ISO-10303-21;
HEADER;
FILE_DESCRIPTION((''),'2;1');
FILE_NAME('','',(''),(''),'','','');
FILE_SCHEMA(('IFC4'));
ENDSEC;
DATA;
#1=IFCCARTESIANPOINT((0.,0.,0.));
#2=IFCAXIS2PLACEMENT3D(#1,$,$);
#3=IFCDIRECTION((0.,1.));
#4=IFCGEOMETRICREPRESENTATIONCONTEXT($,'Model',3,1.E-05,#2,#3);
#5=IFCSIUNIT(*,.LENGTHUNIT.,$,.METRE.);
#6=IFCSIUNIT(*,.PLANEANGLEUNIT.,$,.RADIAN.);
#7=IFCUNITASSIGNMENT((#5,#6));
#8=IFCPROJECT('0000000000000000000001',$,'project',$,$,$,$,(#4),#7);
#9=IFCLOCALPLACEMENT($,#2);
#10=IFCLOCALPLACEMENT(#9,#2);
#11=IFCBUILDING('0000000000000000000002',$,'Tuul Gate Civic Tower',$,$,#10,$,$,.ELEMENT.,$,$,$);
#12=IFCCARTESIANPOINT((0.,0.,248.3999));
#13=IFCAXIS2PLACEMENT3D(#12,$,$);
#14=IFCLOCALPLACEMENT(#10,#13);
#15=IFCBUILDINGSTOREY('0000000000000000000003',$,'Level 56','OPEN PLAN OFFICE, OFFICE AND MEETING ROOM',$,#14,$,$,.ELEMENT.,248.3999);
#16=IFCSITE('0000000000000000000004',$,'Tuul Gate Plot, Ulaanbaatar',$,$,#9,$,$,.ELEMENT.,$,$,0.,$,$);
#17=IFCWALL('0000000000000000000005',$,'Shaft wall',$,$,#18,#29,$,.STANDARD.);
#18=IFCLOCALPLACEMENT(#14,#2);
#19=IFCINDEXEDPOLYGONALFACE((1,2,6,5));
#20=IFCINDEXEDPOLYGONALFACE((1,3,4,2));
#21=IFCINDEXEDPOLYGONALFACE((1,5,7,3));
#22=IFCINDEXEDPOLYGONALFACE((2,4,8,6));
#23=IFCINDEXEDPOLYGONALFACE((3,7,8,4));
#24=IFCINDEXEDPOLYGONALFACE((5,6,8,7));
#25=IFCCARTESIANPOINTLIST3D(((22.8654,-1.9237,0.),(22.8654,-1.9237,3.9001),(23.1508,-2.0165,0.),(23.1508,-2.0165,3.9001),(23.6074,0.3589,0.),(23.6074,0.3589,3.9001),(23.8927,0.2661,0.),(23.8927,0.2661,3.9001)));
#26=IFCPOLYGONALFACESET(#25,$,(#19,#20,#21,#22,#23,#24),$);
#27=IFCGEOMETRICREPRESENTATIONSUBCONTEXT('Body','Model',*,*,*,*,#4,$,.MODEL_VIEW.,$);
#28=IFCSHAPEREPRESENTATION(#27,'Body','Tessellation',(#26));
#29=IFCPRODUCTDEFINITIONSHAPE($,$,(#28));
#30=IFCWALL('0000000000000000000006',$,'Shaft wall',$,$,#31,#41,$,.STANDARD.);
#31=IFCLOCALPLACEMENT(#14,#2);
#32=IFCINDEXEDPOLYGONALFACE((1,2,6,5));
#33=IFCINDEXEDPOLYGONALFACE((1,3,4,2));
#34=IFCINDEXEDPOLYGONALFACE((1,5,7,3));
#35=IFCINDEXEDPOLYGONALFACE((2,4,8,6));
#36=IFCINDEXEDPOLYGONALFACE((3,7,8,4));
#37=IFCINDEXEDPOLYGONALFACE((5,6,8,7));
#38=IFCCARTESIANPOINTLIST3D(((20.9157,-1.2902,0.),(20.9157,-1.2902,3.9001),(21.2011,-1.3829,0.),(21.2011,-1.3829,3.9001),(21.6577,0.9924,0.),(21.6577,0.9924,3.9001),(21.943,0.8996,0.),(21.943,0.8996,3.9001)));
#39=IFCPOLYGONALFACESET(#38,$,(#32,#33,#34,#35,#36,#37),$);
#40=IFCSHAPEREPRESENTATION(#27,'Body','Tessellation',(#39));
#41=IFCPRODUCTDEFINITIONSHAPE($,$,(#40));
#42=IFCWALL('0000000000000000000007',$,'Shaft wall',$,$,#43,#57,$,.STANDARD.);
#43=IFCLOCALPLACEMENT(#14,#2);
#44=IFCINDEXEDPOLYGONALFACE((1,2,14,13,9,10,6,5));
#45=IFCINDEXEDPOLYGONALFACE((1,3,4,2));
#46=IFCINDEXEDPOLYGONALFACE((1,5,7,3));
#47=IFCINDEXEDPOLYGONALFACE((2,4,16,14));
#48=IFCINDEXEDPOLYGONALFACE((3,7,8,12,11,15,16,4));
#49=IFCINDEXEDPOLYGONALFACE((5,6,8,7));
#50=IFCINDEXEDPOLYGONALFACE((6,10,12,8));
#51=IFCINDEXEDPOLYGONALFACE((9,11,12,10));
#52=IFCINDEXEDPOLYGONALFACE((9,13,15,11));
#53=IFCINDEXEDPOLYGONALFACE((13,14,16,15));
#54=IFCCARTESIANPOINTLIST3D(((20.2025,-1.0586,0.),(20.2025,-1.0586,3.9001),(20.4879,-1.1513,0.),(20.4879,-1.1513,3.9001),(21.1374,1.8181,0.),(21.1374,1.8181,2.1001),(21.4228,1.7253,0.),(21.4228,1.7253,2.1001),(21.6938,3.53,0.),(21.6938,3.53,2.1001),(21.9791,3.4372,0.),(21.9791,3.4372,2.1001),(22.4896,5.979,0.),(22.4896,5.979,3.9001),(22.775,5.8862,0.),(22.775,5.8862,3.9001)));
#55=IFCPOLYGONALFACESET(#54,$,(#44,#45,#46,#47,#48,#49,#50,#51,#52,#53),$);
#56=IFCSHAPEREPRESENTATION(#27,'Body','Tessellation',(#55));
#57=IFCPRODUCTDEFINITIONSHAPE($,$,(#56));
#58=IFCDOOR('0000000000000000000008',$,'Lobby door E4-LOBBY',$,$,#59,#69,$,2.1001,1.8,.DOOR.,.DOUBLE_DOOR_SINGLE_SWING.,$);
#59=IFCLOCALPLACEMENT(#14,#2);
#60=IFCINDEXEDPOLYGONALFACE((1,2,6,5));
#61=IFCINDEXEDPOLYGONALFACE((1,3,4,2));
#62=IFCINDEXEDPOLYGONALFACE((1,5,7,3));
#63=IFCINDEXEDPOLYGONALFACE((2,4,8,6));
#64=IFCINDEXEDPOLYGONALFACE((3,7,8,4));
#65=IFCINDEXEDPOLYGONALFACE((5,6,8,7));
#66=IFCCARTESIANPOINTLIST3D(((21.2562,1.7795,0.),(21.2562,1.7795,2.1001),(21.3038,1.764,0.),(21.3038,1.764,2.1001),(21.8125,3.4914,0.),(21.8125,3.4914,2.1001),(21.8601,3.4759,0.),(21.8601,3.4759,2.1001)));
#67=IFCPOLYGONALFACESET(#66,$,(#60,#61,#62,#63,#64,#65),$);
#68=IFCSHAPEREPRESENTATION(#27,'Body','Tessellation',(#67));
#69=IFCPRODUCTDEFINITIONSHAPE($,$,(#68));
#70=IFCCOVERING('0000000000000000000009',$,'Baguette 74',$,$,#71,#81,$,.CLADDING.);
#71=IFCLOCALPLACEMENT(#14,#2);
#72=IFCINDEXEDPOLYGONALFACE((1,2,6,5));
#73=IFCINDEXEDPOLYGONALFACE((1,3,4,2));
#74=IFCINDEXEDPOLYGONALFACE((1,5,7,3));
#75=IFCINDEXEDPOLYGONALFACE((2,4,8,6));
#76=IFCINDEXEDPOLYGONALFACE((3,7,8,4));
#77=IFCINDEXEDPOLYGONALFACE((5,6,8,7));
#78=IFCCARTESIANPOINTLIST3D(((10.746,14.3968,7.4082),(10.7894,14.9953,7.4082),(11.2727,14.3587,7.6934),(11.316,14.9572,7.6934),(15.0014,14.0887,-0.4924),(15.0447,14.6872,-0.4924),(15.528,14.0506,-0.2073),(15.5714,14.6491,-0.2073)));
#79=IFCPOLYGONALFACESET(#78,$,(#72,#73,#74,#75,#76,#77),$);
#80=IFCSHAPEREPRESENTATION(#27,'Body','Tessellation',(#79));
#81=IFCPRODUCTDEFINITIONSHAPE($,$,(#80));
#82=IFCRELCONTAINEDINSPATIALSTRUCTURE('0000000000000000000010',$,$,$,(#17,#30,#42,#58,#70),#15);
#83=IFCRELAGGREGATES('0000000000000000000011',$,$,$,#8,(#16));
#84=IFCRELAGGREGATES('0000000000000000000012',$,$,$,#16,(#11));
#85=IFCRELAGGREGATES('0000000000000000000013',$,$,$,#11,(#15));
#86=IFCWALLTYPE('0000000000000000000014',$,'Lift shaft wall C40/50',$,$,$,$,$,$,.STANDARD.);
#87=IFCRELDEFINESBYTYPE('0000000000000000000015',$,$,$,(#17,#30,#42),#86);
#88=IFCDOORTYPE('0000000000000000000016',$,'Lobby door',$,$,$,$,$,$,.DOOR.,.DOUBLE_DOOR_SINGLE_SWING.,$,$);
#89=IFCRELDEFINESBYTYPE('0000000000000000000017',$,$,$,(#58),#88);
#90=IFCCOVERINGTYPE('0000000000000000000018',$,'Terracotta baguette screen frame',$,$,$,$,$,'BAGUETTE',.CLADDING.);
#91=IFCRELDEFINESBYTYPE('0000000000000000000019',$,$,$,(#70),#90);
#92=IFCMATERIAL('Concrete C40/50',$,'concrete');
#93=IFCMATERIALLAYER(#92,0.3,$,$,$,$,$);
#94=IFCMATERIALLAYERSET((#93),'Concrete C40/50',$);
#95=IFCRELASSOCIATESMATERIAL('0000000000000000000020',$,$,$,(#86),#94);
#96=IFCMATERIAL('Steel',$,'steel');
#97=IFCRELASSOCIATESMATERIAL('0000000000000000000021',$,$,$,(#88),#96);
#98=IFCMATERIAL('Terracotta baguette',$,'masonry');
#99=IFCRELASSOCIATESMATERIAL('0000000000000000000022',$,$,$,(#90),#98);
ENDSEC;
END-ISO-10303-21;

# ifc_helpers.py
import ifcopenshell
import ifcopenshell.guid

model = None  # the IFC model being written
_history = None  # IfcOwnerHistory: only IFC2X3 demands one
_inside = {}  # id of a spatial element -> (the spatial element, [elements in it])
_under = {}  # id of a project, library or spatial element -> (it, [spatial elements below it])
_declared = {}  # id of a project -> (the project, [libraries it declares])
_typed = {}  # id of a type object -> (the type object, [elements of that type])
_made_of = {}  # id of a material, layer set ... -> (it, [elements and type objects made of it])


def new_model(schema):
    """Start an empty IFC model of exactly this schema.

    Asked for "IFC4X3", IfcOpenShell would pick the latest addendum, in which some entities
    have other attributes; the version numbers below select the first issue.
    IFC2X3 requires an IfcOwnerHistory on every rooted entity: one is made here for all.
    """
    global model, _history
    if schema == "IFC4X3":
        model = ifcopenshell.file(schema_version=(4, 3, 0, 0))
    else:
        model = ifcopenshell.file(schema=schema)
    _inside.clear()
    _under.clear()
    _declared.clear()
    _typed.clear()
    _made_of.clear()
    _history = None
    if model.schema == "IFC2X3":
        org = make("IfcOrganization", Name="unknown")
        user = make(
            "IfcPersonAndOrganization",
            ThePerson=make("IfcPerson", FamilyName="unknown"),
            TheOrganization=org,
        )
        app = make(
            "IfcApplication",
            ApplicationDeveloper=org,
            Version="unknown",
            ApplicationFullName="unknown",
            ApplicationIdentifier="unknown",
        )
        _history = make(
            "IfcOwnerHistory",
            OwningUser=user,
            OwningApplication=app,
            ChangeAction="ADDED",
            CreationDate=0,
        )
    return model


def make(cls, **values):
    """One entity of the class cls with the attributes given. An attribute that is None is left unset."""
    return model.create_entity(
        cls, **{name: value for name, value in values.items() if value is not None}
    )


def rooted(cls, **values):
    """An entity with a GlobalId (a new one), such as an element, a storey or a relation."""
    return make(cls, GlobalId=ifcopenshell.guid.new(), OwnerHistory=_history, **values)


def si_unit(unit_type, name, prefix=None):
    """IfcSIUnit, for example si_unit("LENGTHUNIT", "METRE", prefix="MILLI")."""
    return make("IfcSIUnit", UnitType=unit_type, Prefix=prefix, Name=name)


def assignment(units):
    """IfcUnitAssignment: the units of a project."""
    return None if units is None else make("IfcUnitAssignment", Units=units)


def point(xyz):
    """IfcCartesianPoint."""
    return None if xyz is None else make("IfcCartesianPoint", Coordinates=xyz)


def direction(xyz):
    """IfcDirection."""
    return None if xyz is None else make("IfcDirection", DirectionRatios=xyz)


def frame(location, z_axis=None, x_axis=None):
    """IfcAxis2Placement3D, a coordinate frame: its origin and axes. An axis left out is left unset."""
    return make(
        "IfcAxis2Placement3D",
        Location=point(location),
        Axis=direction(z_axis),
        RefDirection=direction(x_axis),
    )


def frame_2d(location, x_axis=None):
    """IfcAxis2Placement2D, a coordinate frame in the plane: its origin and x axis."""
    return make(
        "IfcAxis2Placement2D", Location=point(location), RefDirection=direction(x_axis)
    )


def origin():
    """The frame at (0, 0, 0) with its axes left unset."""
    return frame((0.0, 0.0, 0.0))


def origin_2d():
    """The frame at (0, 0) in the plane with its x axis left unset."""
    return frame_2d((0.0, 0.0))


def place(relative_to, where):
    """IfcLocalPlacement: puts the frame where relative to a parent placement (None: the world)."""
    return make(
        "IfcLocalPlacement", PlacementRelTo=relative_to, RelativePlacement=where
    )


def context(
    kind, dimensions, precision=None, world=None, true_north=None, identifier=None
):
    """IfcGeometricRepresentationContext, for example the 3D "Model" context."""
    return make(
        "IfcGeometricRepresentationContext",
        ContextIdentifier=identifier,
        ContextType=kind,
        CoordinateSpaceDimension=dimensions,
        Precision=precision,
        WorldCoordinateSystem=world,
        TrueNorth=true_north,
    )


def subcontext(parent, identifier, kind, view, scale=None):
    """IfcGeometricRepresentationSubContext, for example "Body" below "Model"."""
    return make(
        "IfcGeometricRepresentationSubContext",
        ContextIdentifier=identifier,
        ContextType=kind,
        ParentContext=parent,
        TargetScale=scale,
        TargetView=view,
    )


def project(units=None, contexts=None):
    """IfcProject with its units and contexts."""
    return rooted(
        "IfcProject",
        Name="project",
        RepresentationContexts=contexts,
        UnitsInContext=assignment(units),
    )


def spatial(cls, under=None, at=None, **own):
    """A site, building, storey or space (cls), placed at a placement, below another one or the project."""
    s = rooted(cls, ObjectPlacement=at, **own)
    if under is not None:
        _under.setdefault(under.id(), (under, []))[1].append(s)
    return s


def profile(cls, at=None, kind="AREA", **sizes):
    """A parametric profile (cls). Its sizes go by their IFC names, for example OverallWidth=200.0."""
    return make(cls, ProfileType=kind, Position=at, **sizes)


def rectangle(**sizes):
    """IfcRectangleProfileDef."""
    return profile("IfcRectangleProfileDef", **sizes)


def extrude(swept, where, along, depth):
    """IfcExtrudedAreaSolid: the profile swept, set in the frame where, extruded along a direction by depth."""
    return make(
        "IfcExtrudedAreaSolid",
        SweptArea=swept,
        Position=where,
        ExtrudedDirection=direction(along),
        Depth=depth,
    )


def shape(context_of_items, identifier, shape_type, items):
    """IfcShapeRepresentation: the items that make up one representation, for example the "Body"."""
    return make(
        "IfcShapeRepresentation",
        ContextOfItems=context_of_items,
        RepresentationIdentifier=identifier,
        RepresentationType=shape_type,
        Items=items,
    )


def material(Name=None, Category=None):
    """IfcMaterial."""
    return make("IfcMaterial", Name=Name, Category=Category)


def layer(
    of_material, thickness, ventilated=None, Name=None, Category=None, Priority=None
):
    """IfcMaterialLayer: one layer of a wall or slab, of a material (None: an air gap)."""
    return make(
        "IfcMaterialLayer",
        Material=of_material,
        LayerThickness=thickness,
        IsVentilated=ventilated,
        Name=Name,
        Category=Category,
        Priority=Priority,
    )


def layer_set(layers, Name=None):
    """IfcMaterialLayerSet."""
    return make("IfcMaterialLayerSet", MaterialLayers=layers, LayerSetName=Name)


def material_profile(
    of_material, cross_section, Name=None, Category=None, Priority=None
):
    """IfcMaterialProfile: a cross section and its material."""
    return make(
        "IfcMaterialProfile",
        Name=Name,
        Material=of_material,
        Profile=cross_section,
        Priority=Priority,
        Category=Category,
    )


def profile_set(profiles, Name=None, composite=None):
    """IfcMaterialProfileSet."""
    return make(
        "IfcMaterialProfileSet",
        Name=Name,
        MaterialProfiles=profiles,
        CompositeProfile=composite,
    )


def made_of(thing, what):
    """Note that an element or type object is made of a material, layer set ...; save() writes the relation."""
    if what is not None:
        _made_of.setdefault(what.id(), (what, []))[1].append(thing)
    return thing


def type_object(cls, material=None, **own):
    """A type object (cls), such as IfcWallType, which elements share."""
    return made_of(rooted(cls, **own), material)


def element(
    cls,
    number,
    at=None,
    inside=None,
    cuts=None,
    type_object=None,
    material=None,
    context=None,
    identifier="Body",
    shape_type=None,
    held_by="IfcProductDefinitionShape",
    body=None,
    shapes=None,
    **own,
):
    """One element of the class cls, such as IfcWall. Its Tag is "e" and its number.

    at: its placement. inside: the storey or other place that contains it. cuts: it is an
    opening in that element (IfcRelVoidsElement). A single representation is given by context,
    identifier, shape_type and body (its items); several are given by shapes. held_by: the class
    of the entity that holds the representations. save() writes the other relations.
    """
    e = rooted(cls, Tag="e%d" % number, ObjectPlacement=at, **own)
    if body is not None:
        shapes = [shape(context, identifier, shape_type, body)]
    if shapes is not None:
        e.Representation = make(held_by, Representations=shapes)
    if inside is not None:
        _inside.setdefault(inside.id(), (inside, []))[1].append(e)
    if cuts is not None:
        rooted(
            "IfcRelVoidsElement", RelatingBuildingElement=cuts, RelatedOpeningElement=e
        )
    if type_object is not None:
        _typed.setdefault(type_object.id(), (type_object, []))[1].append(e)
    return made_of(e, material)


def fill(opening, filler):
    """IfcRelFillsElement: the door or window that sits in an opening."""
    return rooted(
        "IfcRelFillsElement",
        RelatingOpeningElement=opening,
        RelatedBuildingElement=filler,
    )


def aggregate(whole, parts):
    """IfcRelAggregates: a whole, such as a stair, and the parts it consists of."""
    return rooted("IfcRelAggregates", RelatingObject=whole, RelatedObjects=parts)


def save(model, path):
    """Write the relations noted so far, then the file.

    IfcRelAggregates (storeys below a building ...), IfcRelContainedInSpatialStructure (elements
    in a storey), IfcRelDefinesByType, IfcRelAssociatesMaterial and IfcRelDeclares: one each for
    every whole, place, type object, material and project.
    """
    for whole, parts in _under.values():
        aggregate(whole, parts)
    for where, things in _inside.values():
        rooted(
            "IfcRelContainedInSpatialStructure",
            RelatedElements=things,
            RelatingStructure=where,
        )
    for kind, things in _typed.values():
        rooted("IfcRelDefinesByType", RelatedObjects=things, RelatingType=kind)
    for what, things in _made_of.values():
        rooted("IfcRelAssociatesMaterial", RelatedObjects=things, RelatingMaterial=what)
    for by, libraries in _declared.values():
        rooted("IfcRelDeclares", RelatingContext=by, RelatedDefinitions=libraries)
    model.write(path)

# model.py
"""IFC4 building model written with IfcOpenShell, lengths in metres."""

from ifc_helpers import new_model, si_unit, direction, frame, frame_2d, origin, origin_2d, place, context, subcontext, project, spatial, rectangle, extrude, material, layer, layer_set, material_profile, profile_set, type_object, element, fill, save


model = new_model("IFC4")

# Units and contexts
model_context = context("Model", 3, precision=1e-05, world=origin(), true_north=direction((0.0, 1.0)))
body_context = subcontext(model_context, "Body", "Model", "MODEL_VIEW")
ifc_project = project(units=[si_unit("LENGTHUNIT", "METRE"), si_unit("PLANEANGLEUNIT", "RADIAN")], contexts=[model_context])

# Site, building, storey
site_placement = place(None, origin())
site = spatial("IfcSite", under=ifc_project, at=site_placement, Name="Tuul Gate Plot, Ulaanbaatar", CompositionType="ELEMENT", RefElevation=0.0)
building_placement = place(site_placement, origin())
building = spatial("IfcBuilding", under=site, at=building_placement, Name="Tuul Gate Civic Tower", CompositionType="ELEMENT")
storey_placement = place(building_placement, frame((0.0, 0.0, 248.3999)))
storey = spatial("IfcBuildingStorey", under=building, at=storey_placement, Name="Level 56", Description="OPEN PLAN OFFICE, OFFICE AND MEETING ROOM", CompositionType="ELEMENT", Elevation=248.3999)

# Walls
ifc_material_1 = material(Name="Concrete C40/50", Category="concrete")
ifc_layer_1 = layer(ifc_material_1, 0.3)
ifc_layer_set_1 = layer_set([ifc_layer_1], Name="Concrete C40/50")
wall_type_1 = type_object("IfcWallType", Name="Lift shaft wall C40/50", PredefinedType="STANDARD", material=ifc_layer_set_1)
for number, where, z_axis, x_axis, name in (
    (1, (23.0081, -1.9702, 0.0), (0.0, 0.0, 1.0), (0.309139, 0.951017, 0.0), "Shaft wall"),
    (2, (21.0583, -1.3367, 0.0), (0.0, 0.0, 1.0), (0.309139, 0.951017, 0.0), "Shaft wall"),
):
    element("IfcWall", number, at=place(storey_placement, frame(where, z_axis=z_axis, x_axis=x_axis)), inside=storey, type_object=wall_type_1, Name=name, PredefinedType="STANDARD", context=body_context, shape_type="SweptSolid", body=[
        extrude(rectangle(XDim=2.4001, YDim=0.3, at=frame_2d((1.2002, 0.0))), origin(), (0.0, 0.0, 1.0), 3.9001),
    ])

# Wall, opening, door
wall_1_placement = place(storey_placement, frame((20.3452, -1.105, 0.0), z_axis=(0.0, 0.0, 1.0), x_axis=(0.309073, 0.951038, 0.0)))
wall_1 = element("IfcWall", 3, at=wall_1_placement, inside=storey, type_object=wall_type_1, Name="Shaft wall", PredefinedType="STANDARD", context=body_context, shape_type="SweptSolid", body=[
    extrude(rectangle(XDim=7.3999, YDim=0.3, at=frame_2d((3.7, 0.0))), origin(), (0.0, 0.0, 1.0), 3.9001),
])
opening_1_placement = place(wall_1_placement, frame((3.0249, 0.0, 0.0)))
opening_1 = element("IfcOpeningElement", 4, at=opening_1_placement, cuts=wall_1, PredefinedType="OPENING", context=body_context, shape_type="SweptSolid", body=[
    extrude(rectangle(XDim=1.8, YDim=2.1001, at=frame_2d((0.8999, 1.05))), frame((0.0, 0.1602, 0.0), z_axis=(0.0, -1.0, 0.0), x_axis=(1.0, 0.0, 0.0)), (0.0, 0.0, 1.0), 0.3201),
])
ifc_material_2 = material(Name="Steel", Category="steel")
door_type_1 = type_object("IfcDoorType", Name="Lobby door", OperationType="DOUBLE_DOOR_SINGLE_SWING", PredefinedType="DOOR", material=ifc_material_2)
door_1_placement = place(opening_1_placement, frame((1.8, 0.0, 0.0), z_axis=(0.0, 0.0, 1.0), x_axis=(-1.0, 0.0, 0.0)))
door_1 = element("IfcDoor", 5, at=door_1_placement, inside=storey, type_object=door_type_1, Name="Lobby door E4-LOBBY", OperationType="DOUBLE_DOOR_SINGLE_SWING", OverallHeight=2.1001, OverallWidth=1.8, PredefinedType="DOOR", context=body_context, shape_type="SweptSolid", body=[
    extrude(rectangle(XDim=1.8, YDim=2.1001, at=frame_2d((0.9001, 1.05))), frame((0.0, 0.0249, 0.0), z_axis=(0.0, -1.0, 0.0), x_axis=(1.0, 0.0, 0.0)), (0.0, 0.0, 1.0), 0.05),
])
fill(opening_1, door_1)

# Covering
ifc_material_3 = material(Name="Terracotta baguette", Category="masonry")
ifc_material_profile_1 = material_profile(ifc_material_3, rectangle(XDim=0.6001, YDim=0.6001, at=origin_2d()), Name="Terracotta baguette screen frame")
ifc_profile_set_1 = profile_set([ifc_material_profile_1], Name="Terracotta baguette")
covering_type = type_object("IfcCoveringType", Name="Terracotta baguette screen frame", ElementType="BAGUETTE", PredefinedType="CLADDING", material=ifc_profile_set_1)
covering_placement = place(storey_placement, frame((11.031, 14.677, 7.5508), z_axis=(0.473923, -0.034314, -0.879898), x_axis=(0.072215, 0.997389, 0.0)))
element("IfcCovering", 6, at=covering_placement, inside=storey, type_object=covering_type, Name="Baguette 74", PredefinedType="CLADDING", context=body_context, shape_type="SweptSolid", body=[
    extrude(rectangle(XDim=0.6001, YDim=0.6001, at=origin_2d()), origin(), (0.0, 0.0, 1.0), 8.979),
])

save(model, "model.ifc")
